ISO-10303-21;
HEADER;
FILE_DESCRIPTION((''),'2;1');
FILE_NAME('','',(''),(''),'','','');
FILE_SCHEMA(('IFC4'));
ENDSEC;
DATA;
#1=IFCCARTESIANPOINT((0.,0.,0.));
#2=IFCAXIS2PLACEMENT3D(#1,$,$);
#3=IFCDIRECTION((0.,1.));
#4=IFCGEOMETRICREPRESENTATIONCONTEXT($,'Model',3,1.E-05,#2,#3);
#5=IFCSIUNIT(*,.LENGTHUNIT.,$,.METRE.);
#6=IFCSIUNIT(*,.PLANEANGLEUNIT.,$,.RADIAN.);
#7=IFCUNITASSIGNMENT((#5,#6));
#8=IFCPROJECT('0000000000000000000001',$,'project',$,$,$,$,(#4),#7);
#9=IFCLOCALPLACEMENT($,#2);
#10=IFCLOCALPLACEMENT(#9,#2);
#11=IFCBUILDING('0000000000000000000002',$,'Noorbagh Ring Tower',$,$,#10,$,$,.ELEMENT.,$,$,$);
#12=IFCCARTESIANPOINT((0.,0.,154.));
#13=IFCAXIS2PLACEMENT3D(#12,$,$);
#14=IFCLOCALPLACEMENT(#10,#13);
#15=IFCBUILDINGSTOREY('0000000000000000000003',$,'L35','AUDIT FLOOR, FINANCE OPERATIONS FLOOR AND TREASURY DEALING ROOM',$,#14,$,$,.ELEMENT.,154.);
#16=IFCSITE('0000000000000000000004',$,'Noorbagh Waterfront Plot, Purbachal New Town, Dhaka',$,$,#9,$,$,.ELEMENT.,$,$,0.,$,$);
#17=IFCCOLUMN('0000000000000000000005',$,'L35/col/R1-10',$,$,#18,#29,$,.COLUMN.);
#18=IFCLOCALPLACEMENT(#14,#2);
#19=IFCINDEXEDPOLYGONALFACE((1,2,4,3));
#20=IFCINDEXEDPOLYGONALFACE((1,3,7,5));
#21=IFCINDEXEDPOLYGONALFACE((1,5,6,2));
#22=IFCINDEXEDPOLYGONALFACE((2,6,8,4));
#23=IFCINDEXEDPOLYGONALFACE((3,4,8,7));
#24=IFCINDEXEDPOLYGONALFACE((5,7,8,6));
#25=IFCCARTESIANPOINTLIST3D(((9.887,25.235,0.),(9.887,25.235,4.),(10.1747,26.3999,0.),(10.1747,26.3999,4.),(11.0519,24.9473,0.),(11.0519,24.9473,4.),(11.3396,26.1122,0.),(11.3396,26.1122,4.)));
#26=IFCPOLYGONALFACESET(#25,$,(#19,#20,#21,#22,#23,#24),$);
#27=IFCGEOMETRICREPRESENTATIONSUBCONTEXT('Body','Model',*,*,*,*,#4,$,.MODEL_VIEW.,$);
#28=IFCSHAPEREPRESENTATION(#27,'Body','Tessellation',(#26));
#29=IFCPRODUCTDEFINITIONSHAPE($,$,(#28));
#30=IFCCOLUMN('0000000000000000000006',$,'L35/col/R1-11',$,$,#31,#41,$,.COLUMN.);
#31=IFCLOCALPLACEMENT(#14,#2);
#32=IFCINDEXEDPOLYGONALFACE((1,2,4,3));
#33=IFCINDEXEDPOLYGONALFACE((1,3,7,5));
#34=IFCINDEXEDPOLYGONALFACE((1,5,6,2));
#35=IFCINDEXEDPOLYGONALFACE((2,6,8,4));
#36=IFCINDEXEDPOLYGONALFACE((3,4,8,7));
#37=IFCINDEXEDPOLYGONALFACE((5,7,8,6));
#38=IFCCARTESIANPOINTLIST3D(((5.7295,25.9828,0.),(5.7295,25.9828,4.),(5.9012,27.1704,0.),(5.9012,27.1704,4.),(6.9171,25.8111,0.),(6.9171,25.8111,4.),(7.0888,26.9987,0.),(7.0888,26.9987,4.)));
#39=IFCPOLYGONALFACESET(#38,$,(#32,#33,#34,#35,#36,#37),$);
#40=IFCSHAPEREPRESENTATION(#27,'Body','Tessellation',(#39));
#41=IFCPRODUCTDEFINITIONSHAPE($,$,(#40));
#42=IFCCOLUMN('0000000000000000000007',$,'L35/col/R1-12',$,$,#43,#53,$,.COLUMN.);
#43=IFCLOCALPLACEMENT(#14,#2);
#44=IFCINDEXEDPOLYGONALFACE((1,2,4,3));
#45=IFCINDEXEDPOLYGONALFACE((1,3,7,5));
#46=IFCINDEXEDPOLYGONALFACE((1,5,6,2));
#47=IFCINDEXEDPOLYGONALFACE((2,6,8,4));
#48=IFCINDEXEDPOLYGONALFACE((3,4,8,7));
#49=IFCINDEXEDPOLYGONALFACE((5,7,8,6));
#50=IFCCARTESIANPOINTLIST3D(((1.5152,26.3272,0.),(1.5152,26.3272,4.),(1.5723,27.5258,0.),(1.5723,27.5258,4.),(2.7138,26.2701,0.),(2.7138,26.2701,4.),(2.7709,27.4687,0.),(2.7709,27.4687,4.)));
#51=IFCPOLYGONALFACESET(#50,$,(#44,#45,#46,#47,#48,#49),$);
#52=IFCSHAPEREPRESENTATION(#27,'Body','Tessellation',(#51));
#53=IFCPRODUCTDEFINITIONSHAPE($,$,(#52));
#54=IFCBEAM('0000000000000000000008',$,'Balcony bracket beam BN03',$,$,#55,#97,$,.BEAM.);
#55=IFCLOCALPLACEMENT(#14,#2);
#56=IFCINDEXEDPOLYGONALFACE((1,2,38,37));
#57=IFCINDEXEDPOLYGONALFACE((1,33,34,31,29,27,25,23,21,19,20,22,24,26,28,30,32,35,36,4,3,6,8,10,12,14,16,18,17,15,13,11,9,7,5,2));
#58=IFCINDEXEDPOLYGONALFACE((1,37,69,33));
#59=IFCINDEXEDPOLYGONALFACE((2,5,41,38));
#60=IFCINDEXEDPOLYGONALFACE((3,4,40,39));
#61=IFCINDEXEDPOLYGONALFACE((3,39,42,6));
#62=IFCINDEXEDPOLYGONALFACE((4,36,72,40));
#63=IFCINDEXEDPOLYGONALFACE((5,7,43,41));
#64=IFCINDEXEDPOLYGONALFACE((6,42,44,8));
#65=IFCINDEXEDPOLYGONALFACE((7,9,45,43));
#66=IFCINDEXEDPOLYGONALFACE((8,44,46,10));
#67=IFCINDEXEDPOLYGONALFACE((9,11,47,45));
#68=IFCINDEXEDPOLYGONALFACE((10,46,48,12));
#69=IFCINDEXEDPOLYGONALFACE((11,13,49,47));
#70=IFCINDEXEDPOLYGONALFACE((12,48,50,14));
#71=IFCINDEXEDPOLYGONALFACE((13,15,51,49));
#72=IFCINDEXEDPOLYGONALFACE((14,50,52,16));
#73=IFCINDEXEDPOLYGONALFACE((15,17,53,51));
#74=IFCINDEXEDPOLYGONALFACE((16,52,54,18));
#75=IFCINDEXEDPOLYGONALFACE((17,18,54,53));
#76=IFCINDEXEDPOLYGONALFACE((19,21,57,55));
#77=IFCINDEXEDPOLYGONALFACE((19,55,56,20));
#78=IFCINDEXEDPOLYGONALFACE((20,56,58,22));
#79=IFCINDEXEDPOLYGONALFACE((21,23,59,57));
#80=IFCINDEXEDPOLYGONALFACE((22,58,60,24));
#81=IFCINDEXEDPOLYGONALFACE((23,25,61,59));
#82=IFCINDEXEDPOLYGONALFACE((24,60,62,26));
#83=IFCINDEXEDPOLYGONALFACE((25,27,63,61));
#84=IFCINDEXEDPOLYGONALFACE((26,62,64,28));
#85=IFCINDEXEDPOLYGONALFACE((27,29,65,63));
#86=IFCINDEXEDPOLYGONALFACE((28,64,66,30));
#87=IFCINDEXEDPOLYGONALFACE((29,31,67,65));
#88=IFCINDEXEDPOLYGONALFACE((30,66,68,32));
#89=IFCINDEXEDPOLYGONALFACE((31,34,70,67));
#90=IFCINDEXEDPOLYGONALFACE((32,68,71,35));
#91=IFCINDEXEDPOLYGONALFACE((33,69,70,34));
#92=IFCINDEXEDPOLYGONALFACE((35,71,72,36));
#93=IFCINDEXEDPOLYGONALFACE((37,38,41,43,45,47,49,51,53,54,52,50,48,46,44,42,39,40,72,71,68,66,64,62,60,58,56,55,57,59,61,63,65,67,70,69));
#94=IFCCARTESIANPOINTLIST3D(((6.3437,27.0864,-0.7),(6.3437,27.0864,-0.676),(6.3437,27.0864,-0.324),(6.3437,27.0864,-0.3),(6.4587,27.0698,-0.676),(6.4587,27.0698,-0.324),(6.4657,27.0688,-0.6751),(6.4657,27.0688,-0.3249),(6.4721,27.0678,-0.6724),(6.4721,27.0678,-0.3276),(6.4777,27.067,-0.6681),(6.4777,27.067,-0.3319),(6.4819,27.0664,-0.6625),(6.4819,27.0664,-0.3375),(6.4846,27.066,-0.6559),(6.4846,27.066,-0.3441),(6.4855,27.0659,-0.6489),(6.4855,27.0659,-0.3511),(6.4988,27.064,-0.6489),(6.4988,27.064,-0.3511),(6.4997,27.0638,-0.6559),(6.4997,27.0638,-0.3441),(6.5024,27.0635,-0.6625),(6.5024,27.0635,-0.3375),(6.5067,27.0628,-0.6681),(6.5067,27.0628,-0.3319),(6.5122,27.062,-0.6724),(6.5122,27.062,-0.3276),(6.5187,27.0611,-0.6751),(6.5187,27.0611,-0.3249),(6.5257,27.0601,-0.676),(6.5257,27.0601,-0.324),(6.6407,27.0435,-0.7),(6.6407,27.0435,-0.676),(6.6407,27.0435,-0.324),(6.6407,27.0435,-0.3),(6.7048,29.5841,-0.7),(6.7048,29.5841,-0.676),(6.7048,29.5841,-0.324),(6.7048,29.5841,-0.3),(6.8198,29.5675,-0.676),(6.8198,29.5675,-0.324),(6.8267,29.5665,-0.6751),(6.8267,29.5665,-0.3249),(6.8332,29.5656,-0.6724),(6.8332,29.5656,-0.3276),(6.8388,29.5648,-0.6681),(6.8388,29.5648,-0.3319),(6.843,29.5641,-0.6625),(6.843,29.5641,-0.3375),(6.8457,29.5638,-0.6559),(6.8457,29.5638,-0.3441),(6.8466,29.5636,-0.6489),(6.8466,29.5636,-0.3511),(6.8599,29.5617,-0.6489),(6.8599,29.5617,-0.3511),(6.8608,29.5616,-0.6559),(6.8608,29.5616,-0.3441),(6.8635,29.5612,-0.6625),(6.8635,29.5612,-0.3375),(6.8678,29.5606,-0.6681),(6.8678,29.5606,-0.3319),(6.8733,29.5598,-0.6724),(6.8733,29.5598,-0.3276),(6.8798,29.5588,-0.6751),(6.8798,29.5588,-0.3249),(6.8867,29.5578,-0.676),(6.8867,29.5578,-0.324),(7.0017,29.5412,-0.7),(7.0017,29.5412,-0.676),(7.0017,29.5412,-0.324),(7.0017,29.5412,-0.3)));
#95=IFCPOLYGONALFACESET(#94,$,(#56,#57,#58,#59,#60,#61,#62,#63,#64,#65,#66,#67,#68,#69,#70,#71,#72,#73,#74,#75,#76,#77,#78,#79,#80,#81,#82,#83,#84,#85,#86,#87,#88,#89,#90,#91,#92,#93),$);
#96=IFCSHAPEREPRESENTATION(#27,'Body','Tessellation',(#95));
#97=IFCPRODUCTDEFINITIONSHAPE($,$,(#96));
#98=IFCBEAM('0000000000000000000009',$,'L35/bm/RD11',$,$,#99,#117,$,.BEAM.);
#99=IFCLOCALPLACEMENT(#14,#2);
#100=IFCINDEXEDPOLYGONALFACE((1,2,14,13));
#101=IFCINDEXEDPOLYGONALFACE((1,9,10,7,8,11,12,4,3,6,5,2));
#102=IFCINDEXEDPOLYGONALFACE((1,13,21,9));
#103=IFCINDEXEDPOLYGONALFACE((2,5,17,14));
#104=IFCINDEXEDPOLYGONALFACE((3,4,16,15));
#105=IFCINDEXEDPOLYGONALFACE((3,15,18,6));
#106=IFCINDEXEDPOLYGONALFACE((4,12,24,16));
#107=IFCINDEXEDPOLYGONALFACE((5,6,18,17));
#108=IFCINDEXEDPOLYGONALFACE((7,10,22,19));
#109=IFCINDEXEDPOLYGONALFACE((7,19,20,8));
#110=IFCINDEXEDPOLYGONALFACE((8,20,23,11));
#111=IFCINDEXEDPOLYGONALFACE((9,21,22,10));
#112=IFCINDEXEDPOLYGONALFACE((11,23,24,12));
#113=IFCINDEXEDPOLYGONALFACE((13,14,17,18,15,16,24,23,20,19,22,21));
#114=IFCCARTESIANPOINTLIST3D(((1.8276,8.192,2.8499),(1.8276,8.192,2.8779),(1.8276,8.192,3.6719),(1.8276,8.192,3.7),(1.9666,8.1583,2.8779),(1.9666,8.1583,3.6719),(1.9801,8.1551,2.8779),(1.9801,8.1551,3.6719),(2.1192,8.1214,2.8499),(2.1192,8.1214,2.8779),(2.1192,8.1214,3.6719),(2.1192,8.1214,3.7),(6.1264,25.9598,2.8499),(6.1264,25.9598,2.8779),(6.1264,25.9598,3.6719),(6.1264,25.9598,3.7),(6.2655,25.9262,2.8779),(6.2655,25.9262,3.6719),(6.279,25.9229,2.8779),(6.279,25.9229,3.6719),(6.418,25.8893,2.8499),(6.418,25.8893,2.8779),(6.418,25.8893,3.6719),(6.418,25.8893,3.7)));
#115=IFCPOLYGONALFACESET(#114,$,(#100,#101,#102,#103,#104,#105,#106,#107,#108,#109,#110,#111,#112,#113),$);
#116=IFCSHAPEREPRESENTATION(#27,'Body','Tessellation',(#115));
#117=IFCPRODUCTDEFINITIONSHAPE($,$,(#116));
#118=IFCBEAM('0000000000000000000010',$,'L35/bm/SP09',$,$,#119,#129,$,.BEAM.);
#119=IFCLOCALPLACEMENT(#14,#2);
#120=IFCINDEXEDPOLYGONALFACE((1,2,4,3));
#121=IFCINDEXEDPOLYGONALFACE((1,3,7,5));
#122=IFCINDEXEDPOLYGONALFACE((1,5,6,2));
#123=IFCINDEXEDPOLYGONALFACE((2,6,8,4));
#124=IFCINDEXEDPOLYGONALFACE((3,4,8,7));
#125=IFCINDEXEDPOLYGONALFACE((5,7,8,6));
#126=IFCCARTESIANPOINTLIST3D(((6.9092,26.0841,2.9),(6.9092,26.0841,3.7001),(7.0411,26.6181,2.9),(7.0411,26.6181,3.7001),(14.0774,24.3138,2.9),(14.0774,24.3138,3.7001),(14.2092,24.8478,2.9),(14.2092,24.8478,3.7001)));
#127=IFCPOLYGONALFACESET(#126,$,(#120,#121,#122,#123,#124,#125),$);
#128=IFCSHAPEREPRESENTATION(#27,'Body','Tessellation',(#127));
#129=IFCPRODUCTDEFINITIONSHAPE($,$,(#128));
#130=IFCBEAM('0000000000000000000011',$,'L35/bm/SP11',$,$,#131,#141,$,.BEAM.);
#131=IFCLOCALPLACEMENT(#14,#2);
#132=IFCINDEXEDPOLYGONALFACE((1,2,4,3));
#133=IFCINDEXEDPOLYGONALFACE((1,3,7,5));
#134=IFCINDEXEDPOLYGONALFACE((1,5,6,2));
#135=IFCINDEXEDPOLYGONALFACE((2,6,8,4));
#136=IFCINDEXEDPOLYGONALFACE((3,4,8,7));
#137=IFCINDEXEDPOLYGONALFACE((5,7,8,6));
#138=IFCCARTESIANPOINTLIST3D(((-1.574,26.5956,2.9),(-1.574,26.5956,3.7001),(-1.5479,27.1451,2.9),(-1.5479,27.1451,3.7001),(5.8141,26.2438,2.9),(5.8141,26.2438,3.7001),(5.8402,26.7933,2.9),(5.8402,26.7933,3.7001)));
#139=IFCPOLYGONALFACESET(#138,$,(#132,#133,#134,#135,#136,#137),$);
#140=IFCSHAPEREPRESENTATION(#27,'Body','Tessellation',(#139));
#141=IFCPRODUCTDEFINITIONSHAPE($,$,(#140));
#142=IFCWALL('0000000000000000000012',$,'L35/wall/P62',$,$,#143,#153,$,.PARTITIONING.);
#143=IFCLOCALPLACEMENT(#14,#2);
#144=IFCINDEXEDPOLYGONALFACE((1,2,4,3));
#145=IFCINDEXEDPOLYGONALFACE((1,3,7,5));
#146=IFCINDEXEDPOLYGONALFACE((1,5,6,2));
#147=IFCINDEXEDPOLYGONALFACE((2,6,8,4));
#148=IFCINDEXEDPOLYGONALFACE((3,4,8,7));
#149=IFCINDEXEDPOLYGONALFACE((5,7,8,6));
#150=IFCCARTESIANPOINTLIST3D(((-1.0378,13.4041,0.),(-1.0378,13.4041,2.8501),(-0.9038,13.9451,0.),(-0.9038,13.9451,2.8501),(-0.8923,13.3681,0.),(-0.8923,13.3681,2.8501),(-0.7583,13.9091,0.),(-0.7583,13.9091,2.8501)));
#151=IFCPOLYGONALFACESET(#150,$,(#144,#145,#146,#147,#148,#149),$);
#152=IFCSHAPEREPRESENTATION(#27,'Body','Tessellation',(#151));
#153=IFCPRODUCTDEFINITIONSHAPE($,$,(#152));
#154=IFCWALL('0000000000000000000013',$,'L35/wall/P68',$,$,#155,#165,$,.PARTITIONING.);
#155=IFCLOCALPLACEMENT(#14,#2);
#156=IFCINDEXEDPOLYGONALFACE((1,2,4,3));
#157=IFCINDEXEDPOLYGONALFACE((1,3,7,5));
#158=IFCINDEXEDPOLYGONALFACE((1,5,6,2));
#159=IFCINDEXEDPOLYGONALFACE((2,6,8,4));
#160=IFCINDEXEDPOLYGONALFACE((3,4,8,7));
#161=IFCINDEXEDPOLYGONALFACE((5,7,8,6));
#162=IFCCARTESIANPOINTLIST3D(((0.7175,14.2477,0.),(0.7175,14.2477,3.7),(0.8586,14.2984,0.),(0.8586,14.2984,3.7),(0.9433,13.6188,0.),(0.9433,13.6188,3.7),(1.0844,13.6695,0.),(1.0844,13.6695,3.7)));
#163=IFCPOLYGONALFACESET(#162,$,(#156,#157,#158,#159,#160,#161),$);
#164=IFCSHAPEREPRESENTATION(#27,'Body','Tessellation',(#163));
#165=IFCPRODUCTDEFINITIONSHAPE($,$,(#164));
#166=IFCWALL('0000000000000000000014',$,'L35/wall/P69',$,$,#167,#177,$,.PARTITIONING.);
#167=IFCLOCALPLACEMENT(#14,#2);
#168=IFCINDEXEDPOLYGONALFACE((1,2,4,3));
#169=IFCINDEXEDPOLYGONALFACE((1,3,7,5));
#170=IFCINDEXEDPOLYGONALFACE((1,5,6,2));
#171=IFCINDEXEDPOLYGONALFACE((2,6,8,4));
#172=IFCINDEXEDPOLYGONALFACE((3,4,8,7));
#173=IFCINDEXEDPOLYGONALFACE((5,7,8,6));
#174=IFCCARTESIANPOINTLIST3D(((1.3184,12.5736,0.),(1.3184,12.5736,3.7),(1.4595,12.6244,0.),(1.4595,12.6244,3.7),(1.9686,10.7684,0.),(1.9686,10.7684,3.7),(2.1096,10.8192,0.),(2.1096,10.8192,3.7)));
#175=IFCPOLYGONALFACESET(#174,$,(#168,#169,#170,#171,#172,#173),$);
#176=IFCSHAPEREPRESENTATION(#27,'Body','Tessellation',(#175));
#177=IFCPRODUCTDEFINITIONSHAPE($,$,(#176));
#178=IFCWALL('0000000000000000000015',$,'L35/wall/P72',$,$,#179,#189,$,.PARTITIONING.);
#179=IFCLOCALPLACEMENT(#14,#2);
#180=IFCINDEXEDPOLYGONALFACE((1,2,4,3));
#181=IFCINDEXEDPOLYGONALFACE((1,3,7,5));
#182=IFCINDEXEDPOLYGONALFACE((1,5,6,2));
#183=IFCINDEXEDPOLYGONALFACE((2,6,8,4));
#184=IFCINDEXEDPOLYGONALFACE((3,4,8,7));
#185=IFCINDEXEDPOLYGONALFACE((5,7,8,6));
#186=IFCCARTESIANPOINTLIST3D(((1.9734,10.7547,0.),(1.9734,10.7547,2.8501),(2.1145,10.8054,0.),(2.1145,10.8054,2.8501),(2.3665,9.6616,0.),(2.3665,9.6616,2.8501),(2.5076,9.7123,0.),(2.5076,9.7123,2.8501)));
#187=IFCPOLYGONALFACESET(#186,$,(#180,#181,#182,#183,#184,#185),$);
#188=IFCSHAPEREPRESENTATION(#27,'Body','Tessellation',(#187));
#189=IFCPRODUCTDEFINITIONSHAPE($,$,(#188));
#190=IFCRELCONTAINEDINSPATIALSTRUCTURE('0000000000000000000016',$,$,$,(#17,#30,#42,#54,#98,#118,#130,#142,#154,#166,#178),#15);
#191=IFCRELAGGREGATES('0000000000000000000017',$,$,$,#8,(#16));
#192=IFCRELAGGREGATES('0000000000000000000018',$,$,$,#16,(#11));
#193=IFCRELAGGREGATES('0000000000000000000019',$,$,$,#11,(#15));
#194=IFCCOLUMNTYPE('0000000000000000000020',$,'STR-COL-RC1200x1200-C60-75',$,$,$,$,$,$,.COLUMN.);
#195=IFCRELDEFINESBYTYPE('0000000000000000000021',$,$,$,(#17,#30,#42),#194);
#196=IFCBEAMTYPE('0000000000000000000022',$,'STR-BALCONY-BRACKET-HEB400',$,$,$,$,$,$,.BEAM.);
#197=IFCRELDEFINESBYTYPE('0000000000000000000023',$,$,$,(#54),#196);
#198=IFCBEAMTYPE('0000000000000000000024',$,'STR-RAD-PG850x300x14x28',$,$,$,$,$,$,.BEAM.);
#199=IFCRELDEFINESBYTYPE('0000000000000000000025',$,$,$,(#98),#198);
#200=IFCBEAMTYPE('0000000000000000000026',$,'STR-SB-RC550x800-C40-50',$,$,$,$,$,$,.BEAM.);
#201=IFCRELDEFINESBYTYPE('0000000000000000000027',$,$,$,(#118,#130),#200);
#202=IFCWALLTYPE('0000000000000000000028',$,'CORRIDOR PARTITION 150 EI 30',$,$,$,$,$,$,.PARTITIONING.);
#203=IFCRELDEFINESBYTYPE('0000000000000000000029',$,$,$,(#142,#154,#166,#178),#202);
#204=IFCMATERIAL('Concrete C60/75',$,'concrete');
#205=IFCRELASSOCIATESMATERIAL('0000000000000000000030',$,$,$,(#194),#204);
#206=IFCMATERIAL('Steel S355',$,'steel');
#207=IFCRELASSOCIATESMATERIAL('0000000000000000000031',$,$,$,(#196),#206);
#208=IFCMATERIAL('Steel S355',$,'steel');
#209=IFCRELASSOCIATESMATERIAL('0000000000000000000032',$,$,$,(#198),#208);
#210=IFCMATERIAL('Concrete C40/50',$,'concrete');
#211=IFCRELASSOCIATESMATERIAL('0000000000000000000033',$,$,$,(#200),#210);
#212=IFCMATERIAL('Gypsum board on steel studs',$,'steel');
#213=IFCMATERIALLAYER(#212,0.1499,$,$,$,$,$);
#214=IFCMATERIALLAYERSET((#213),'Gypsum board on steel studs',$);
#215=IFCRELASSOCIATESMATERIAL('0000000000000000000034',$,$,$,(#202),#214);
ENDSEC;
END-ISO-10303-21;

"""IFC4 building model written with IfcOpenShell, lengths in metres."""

from ifc_helpers import new_model, si_unit, direction, frame, frame_2d, origin, origin_2d, place, context, subcontext, project, spatial, rectangle, i_section, extrude, material, layer, layer_set, material_profile, profile_set, type_object, element, save


model = new_model("IFC4")

# Units and contexts
model_context = context("Model", 3, precision=1e-05, world=origin(), true_north=direction((0.0, 1.0)))
body_context = subcontext(model_context, "Body", "Model", "MODEL_VIEW")
ifc_project = project(units=[si_unit("LENGTHUNIT", "METRE"), si_unit("PLANEANGLEUNIT", "RADIAN")], contexts=[model_context])

# Site, building, storey
site_placement = place(None, origin())
site = spatial("IfcSite", under=ifc_project, at=site_placement, Name="Noorbagh Waterfront Plot, Purbachal New Town, Dhaka", CompositionType="ELEMENT", RefElevation=0.0)
building_placement = place(site_placement, origin())
building = spatial("IfcBuilding", under=site, at=building_placement, Name="Noorbagh Ring Tower", CompositionType="ELEMENT")
storey_placement = place(building_placement, frame((0.0, 0.0, 154.0)))
storey = spatial("IfcBuildingStorey", under=building, at=storey_placement, Name="L35", Description="AUDIT FLOOR, FINANCE OPERATIONS FLOOR AND TREASURY DEALING ROOM", CompositionType="ELEMENT", Elevation=154.0)

# Columns
ifc_material_1 = material(Name="Concrete C60/75", Category="concrete")
ifc_material_profile_1 = material_profile(ifc_material_1, rectangle(XDim=1.2, YDim=1.2, at=origin_2d()), Name="RC1200x1200")
ifc_profile_set_1 = profile_set([ifc_material_profile_1], Name="Concrete C60/75")
column_type = type_object("IfcColumnType", Name="STR-COL-RC1200x1200-C60-75", PredefinedType="COLUMN", material=ifc_profile_set_1)
for number, where, z_axis, x_axis, name in (
    (1, (10.6133, 25.6736, 0.0), (0.0, 0.0, 1.0), (-0.970829, 0.239771, 0.0), "L35/col/R1-10"),
    (2, (6.4092, 26.4907, 0.0), (0.0, 0.0, 1.0), (-0.989713, 0.143066, 0.0), "L35/col/R1-11"),
    (3, (2.1431, 26.8979, 0.0), (0.0, 0.0, 1.0), (-0.998869, 0.047553, 0.0), "L35/col/R1-12"),
):
    element("IfcColumn", number, at=place(storey_placement, frame(where, z_axis=z_axis, x_axis=x_axis)), inside=storey, type_object=column_type, Name=name, PredefinedType="COLUMN", context=body_context, shape_type="SweptSolid", body=[
        extrude(rectangle(XDim=1.2, YDim=1.2, at=origin_2d()), origin(), (0.0, 0.0, 1.0), 4.0),
    ])

# Beams
ifc_material_2 = material(Name="Steel S355", Category="steel")
ifc_material_profile_2 = material_profile(ifc_material_2, i_section(OverallWidth=0.3, OverallDepth=0.3999, WebThickness=0.0134, FlangeThickness=0.0239, FilletRadius=0.0271, at=origin_2d()), Name="HEB400")
ifc_profile_set_2 = profile_set([ifc_material_profile_2], Name="Steel S355")
beam_type_1 = type_object("IfcBeamType", Name="STR-BALCONY-BRACKET-HEB400", PredefinedType="BEAM", material=ifc_profile_set_2)
beam_1_placement = place(storey_placement, frame((6.4922, 27.0649, -0.5), z_axis=(0.143073, 0.989712, 0.0), x_axis=(-0.989712, 0.143073, 0.0)))
element("IfcBeam", 4, at=beam_1_placement, inside=storey, type_object=beam_type_1, Name="Balcony bracket beam BN03", PredefinedType="BEAM", context=body_context, shape_type="SweptSolid", body=[
    extrude(i_section(OverallWidth=0.3, OverallDepth=0.3999, WebThickness=0.0134, FlangeThickness=0.0239, FilletRadius=0.0271, at=origin_2d()), origin(), (0.0, 0.0, 1.0), 2.5237),
])
ifc_material_3 = material(Name="Steel S355", Category="steel")
ifc_material_profile_3 = material_profile(ifc_material_3, i_section(OverallWidth=0.3, OverallDepth=0.8501, WebThickness=0.0139, FlangeThickness=0.0281, at=origin_2d()), Name="PG850x300x14x28")
ifc_profile_set_3 = profile_set([ifc_material_profile_3], Name="Steel S355")
beam_type_2 = type_object("IfcBeamType", Name="STR-RAD-PG850x300x14x28", PredefinedType="BEAM", material=ifc_profile_set_3)
beam_2_placement = place(storey_placement, frame((6.2722, 25.9246, 3.2749), z_axis=(-0.23516, -0.971957, 0.0), x_axis=(0.971957, -0.23516, 0.0)))
element("IfcBeam", 5, at=beam_2_placement, inside=storey, type_object=beam_type_2, Name="L35/bm/RD11", PredefinedType="BEAM", context=body_context, shape_type="SweptSolid", body=[
    extrude(i_section(OverallWidth=0.3, OverallDepth=0.8501, WebThickness=0.0139, FlangeThickness=0.0281, at=origin_2d()), origin(), (0.0, 0.0, 1.0), 18.2805),
])
ifc_material_4 = material(Name="Concrete C40/50", Category="concrete")
ifc_material_profile_4 = material_profile(ifc_material_4, rectangle(XDim=0.55, YDim=0.8, at=origin_2d()), Name="RC550x800")
ifc_profile_set_4 = profile_set([ifc_material_profile_4], Name="Concrete C40/50")
beam_type_3 = type_object("IfcBeamType", Name="STR-SB-RC550x800-C40-50", PredefinedType="BEAM", material=ifc_profile_set_4)
beam_3_placement = place(storey_placement, frame((14.1433, 24.5808, 3.3), z_axis=(-0.970833, 0.239757, 0.0), x_axis=(-0.239757, -0.970833, 0.0)))
element("IfcBeam", 6, at=beam_3_placement, inside=storey, type_object=beam_type_3, Name="L35/bm/SP09", PredefinedType="BEAM", context=body_context, shape_type="SweptSolid", body=[
    extrude(rectangle(XDim=0.55, YDim=0.8, at=origin_2d()), origin(), (0.0, 0.0, 1.0), 7.3835),
])
beam_4_placement = place(storey_placement, frame((5.8271, 26.5186, 3.3), z_axis=(-0.998868, 0.047564, 0.0), x_axis=(-0.047564, -0.998868, 0.0)))
element("IfcBeam", 7, at=beam_4_placement, inside=storey, type_object=beam_type_3, Name="L35/bm/SP11", PredefinedType="BEAM", context=body_context, shape_type="SweptSolid", body=[
    extrude(rectangle(XDim=0.55, YDim=0.8, at=origin_2d()), origin(), (0.0, 0.0, 1.0), 7.3965),
])

# Walls
ifc_material_5 = material(Name="Gypsum board on steel studs", Category="steel")
ifc_layer_1 = layer(ifc_material_5, 0.1499)
ifc_layer_set_1 = layer_set([ifc_layer_1], Name="Gypsum board on steel studs")
wall_type_1 = type_object("IfcWallType", Name="CORRIDOR PARTITION 150 EI 30", PredefinedType="PARTITIONING", material=ifc_layer_set_1)
wall_1_placement = place(storey_placement, frame((-0.9651, 13.386, 0.0), z_axis=(0.0, 0.0, 1.0), x_axis=(0.240474, 0.970656, 0.0)))
element("IfcWall", 8, at=wall_1_placement, inside=storey, type_object=wall_type_1, Name="L35/wall/P62", PredefinedType="PARTITIONING", context=body_context, shape_type="SweptSolid", body=[
    extrude(rectangle(XDim=0.5574, YDim=0.1499, at=frame_2d((0.2788, 0.0))), origin(), (0.0, 0.0, 1.0), 2.8501),
])
wall_2_placement = place(storey_placement, frame((0.7881, 14.2729, 0.0), z_axis=(0.0, 0.0, 1.0), x_axis=(0.337956, -0.941162, 0.0)))
element("IfcWall", 9, at=wall_2_placement, inside=storey, type_object=wall_type_1, Name="L35/wall/P68", PredefinedType="PARTITIONING", context=body_context, shape_type="SweptSolid", body=[
    extrude(rectangle(XDim=0.6682, YDim=0.1499, at=frame_2d((0.334, 0.0))), origin(), (0.0, 0.0, 1.0), 3.7),
])
wall_3_placement = place(storey_placement, frame((1.3889, 12.5991, 0.0), z_axis=(0.0, 0.0, 1.0), x_axis=(0.33885, -0.94084, 0.0)))
element("IfcWall", 10, at=wall_3_placement, inside=storey, type_object=wall_type_1, Name="L35/wall/P69", PredefinedType="PARTITIONING", context=body_context, shape_type="SweptSolid", body=[
    extrude(rectangle(XDim=1.9187, YDim=0.1499, at=frame_2d((0.9595, 0.0))), origin(), (0.0, 0.0, 1.0), 3.7),
])
wall_4_placement = place(storey_placement, frame((2.0439, 10.78, 0.0), z_axis=(0.0, 0.0, 1.0), x_axis=(0.338399, -0.941003, 0.0)))
element("IfcWall", 11, at=wall_4_placement, inside=storey, type_object=wall_type_1, Name="L35/wall/P72", PredefinedType="PARTITIONING", context=body_context, shape_type="SweptSolid", body=[
    extrude(rectangle(XDim=1.1616, YDim=0.1499, at=frame_2d((0.5808, 0.0))), origin(), (0.0, 0.0, 1.0), 2.8501),
])

save(model, "model.ifc")
